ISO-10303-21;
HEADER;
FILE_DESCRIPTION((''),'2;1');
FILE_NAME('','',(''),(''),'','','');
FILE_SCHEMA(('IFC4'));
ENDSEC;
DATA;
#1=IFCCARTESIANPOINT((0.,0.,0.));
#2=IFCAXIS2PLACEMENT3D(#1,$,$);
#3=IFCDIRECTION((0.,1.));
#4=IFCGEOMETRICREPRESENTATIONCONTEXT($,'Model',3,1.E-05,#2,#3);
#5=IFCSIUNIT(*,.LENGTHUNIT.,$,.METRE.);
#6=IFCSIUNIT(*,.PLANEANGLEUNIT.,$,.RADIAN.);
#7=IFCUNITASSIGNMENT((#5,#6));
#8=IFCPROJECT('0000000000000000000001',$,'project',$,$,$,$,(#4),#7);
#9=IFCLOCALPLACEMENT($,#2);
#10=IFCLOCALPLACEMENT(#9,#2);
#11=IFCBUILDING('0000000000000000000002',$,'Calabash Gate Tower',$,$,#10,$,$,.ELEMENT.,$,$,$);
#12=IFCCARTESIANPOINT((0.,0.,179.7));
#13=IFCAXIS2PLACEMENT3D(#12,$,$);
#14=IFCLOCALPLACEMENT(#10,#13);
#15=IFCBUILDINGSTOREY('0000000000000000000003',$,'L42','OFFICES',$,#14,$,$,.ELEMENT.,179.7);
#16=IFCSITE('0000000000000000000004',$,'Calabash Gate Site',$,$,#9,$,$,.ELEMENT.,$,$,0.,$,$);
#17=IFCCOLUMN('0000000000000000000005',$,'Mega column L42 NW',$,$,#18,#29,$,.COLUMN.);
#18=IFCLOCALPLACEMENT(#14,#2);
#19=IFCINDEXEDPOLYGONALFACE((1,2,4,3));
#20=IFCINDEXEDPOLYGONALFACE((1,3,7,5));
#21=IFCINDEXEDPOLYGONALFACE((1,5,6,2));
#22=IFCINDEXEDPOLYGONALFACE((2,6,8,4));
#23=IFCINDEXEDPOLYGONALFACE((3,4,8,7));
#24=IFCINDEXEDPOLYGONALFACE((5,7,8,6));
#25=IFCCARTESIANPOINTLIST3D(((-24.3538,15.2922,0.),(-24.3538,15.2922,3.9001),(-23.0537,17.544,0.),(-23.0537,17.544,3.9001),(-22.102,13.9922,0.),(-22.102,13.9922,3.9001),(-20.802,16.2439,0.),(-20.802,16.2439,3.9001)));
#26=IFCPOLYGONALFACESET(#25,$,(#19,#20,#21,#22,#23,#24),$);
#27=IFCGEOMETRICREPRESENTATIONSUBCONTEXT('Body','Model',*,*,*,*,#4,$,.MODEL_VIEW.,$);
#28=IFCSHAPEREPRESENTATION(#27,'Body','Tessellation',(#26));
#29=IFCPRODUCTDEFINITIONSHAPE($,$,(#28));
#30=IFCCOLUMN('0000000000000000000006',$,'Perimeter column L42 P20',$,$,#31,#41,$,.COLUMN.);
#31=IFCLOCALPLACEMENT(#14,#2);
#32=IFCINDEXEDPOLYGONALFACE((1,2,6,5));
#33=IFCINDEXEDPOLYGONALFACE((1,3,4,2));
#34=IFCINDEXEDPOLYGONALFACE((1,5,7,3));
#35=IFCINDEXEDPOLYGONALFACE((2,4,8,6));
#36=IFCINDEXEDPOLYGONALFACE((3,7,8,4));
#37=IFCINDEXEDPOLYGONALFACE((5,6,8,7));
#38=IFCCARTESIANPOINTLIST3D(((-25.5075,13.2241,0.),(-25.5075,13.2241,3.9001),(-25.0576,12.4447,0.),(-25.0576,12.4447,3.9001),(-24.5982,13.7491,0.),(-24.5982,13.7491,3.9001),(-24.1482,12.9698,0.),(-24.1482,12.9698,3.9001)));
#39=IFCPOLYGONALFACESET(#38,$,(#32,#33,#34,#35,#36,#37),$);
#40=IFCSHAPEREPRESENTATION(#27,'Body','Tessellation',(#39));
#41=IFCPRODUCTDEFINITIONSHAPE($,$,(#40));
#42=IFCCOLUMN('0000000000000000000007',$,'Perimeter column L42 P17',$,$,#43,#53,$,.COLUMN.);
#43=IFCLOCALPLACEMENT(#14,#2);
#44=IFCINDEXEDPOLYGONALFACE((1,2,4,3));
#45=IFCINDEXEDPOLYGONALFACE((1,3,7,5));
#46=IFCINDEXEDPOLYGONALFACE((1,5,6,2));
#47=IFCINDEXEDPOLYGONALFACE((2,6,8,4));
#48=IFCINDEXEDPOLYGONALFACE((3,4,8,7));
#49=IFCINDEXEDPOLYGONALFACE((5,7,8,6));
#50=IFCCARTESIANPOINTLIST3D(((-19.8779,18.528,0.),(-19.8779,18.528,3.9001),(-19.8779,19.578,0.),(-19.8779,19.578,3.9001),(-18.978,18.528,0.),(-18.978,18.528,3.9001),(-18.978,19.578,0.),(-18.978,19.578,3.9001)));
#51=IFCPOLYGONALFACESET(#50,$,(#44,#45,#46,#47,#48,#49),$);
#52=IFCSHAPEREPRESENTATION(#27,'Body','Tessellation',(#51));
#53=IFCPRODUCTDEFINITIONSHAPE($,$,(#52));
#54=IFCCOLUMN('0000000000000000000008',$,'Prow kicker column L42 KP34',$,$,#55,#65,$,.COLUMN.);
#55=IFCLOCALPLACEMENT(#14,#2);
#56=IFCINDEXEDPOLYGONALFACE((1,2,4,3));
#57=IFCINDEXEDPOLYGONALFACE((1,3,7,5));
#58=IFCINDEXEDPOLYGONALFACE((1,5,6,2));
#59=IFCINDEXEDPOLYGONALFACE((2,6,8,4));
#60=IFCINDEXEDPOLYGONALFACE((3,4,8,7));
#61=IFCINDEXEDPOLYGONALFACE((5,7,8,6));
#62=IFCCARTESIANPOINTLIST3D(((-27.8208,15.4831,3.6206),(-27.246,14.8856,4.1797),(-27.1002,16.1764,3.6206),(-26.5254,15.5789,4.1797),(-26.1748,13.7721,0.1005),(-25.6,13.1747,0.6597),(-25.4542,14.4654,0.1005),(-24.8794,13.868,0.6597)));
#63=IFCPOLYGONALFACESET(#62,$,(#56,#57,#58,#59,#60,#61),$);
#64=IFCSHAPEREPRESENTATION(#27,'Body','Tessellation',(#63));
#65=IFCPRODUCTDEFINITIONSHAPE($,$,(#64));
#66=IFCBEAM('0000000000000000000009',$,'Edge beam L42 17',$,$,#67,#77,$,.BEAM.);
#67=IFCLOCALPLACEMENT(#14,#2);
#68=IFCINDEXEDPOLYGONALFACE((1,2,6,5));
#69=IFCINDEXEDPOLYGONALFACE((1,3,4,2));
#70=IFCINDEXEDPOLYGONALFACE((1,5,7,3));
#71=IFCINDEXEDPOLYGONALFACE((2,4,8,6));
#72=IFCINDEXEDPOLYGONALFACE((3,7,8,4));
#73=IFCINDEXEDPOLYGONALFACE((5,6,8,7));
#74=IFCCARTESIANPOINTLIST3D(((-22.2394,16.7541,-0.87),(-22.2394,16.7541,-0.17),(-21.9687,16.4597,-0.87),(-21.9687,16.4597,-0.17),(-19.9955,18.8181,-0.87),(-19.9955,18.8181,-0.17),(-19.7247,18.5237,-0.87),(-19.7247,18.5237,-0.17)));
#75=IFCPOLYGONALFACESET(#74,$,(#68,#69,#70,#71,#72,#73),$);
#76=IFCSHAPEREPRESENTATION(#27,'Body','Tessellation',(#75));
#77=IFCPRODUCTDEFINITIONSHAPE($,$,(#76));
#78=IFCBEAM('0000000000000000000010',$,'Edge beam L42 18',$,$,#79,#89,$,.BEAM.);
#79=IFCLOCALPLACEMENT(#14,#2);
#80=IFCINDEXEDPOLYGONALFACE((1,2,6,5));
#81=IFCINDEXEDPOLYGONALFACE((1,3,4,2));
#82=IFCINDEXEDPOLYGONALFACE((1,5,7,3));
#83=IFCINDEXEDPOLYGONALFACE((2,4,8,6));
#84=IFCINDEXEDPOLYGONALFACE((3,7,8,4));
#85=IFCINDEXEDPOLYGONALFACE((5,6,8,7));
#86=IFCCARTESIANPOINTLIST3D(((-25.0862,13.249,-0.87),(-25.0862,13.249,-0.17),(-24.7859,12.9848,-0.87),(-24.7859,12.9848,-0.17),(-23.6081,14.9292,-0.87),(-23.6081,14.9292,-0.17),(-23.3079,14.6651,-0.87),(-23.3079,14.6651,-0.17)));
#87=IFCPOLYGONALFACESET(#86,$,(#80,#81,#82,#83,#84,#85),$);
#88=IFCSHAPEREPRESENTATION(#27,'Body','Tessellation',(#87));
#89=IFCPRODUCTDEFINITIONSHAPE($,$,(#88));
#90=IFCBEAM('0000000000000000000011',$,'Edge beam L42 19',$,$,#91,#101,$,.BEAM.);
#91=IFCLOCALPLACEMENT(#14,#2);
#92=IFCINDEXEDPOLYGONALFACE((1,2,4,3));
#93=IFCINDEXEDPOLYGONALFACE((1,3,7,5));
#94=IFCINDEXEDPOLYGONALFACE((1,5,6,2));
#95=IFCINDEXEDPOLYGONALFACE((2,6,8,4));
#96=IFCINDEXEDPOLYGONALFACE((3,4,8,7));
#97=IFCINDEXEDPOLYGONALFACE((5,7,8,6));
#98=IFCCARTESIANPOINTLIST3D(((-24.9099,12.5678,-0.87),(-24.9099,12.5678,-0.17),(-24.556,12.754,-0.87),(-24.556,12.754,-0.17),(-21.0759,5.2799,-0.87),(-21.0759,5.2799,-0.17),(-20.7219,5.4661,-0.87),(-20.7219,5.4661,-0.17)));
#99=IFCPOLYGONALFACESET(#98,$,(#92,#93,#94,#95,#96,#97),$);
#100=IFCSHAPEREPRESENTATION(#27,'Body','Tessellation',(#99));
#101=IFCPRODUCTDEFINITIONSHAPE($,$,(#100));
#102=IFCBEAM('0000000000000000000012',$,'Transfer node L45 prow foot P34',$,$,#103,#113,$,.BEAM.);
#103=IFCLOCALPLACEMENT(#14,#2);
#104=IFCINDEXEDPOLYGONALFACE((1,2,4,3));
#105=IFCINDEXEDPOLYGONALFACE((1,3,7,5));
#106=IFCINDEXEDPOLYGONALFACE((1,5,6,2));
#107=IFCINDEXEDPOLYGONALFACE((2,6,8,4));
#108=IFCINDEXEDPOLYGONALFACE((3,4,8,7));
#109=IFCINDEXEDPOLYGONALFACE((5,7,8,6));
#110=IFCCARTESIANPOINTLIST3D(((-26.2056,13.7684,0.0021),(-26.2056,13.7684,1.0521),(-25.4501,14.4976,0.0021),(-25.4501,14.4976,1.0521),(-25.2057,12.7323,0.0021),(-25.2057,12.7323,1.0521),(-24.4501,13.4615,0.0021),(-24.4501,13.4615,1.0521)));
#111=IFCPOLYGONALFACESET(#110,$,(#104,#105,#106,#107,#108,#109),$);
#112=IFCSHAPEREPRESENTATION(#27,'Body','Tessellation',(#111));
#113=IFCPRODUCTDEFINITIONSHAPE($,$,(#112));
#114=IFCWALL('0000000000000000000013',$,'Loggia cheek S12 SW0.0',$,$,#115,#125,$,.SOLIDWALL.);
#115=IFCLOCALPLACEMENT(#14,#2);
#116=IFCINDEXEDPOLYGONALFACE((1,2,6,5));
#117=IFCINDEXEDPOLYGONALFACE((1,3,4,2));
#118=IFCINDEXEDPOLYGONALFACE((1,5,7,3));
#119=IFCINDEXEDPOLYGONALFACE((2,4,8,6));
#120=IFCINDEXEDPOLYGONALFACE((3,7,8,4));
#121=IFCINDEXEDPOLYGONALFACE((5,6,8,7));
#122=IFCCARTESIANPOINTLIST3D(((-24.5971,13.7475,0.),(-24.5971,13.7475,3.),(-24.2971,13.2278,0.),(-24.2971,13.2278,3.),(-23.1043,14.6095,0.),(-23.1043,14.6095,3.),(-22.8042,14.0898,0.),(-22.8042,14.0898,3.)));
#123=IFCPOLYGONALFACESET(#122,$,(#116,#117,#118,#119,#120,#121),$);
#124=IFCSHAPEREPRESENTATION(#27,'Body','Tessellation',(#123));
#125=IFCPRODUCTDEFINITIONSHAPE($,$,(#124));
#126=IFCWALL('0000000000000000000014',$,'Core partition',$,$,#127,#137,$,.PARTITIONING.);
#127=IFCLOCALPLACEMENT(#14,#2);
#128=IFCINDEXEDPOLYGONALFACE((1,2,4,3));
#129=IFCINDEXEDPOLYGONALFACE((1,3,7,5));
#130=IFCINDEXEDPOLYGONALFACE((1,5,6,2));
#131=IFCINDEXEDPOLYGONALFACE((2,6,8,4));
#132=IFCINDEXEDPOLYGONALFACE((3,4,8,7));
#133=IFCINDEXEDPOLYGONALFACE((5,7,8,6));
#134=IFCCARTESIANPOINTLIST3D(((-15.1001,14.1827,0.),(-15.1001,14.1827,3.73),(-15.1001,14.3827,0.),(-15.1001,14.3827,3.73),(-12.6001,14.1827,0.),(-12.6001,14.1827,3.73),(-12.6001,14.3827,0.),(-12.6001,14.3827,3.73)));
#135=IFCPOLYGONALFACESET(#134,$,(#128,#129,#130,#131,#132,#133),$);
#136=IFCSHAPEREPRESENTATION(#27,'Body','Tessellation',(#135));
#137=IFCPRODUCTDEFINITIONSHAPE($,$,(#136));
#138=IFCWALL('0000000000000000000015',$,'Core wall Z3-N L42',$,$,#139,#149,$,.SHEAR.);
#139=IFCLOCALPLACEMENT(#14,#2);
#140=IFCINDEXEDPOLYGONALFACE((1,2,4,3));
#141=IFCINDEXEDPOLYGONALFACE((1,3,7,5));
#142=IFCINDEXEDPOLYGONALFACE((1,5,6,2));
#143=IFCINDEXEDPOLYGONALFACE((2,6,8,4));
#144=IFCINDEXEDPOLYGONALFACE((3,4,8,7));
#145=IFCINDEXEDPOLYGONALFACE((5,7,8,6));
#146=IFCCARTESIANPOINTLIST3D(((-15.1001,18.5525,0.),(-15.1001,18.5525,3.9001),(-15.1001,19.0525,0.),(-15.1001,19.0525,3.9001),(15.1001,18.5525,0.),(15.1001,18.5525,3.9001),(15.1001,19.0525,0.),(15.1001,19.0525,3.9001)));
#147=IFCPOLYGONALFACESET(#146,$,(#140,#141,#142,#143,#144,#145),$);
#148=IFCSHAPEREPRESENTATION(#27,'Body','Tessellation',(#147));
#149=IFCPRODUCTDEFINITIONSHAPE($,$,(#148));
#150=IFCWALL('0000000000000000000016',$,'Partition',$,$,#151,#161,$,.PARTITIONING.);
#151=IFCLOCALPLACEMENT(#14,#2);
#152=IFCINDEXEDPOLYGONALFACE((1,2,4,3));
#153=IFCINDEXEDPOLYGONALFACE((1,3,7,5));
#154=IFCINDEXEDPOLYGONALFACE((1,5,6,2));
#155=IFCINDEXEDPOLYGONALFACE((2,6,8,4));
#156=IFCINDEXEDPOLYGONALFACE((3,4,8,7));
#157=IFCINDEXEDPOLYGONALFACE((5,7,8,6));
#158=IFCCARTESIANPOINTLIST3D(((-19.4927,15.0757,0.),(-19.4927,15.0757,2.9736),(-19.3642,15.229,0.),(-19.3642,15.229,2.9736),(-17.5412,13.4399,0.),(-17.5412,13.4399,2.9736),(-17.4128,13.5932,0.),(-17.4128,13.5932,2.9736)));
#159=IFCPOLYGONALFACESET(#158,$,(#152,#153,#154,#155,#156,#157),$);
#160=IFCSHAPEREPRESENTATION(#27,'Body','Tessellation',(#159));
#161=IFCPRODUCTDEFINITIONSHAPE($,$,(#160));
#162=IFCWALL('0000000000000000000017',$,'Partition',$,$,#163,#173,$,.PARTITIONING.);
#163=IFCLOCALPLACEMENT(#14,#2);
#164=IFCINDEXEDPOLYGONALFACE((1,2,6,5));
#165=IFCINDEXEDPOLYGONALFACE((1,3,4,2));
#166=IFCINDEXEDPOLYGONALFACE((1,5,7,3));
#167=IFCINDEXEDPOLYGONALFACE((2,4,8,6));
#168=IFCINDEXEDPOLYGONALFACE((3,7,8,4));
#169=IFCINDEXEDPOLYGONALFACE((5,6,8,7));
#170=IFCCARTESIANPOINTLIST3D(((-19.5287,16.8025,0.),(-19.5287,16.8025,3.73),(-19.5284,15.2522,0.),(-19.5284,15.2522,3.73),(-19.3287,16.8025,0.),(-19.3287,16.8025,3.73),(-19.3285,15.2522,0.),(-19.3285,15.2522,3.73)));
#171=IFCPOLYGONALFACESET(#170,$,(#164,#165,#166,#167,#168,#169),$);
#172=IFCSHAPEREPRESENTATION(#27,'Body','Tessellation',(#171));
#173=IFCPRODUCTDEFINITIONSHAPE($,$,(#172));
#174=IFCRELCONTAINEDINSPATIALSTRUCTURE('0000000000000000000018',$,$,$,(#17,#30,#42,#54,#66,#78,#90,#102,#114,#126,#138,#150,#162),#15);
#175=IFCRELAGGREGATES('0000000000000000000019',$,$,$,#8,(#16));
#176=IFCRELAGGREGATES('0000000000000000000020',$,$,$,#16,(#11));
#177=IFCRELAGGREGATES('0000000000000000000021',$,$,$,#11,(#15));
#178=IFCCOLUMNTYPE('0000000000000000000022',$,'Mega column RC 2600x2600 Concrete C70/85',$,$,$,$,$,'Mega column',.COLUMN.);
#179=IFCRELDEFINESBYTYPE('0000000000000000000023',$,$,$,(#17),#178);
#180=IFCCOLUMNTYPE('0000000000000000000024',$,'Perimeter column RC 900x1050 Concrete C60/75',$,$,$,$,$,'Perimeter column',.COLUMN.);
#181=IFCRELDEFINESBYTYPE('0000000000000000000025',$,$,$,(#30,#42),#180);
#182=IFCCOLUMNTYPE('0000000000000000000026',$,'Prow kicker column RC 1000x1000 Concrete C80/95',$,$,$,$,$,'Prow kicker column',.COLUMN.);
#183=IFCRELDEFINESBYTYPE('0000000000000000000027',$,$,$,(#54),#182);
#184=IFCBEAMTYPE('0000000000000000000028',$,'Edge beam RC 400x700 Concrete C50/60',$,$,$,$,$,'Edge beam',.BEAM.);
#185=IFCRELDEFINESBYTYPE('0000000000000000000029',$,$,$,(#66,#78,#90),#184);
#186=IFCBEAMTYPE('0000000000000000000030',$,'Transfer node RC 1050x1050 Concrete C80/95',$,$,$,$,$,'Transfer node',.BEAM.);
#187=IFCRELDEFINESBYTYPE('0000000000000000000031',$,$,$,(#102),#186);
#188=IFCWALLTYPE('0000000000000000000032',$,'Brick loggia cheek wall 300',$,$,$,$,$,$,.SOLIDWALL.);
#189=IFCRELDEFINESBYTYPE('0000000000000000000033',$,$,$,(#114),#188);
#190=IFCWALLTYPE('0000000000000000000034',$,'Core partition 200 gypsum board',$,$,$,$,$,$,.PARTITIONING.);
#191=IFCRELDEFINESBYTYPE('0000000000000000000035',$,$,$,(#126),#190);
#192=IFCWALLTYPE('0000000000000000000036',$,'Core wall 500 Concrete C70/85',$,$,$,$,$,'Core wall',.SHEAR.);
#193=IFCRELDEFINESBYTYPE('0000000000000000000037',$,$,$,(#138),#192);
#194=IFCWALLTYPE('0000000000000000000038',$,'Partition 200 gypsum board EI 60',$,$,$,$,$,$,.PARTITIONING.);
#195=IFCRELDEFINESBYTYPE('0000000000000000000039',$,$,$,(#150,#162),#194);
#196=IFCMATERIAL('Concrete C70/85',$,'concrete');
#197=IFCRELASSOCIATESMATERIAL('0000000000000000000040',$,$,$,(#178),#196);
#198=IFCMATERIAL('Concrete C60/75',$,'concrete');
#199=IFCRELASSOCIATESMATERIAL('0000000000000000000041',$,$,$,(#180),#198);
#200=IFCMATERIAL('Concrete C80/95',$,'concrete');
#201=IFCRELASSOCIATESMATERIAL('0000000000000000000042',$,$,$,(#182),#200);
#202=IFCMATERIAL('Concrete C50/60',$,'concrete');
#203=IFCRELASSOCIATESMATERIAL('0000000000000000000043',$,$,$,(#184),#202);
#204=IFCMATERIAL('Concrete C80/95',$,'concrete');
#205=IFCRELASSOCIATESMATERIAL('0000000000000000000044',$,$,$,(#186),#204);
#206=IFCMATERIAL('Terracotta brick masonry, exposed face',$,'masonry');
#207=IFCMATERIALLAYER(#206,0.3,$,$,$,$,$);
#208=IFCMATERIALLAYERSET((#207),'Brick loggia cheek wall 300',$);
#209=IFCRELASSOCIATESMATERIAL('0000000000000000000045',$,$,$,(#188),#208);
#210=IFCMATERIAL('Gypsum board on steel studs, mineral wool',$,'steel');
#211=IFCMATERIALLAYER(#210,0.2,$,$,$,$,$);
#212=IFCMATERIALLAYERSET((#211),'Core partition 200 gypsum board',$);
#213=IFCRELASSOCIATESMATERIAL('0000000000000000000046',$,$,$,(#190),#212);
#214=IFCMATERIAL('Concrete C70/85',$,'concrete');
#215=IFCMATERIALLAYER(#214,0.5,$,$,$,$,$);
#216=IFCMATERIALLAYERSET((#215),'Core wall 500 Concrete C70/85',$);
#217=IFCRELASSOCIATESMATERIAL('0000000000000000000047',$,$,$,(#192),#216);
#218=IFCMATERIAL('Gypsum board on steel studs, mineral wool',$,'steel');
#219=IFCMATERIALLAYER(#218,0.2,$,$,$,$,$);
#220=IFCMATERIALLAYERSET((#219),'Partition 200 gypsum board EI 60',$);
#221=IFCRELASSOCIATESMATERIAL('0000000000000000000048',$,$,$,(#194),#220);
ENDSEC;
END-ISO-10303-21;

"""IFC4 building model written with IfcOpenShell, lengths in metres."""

from ifc_helpers import new_model, si_unit, direction, frame, frame_2d, origin, origin_2d, place, context, subcontext, project, spatial, rectangle, extrude, material, layer, layer_set, material_profile, profile_set, type_object, element, save


model = new_model("IFC4")

# Units and contexts
model_context = context("Model", 3, precision=1e-05, world=origin(), true_north=direction((0.0, 1.0)))
body_context = subcontext(model_context, "Body", "Model", "MODEL_VIEW")
ifc_project = project(units=[si_unit("LENGTHUNIT", "METRE"), si_unit("PLANEANGLEUNIT", "RADIAN")], contexts=[model_context])

# Site, building, storey
site_placement = place(None, origin())
site = spatial("IfcSite", under=ifc_project, at=site_placement, Name="Calabash Gate Site", CompositionType="ELEMENT", RefElevation=0.0)
building_placement = place(site_placement, origin())
building = spatial("IfcBuilding", under=site, at=building_placement, Name="Calabash Gate Tower", CompositionType="ELEMENT")
storey_placement = place(building_placement, frame((0.0, 0.0, 179.7)))
storey = spatial("IfcBuildingStorey", under=building, at=storey_placement, Name="L42", Description="OFFICES", CompositionType="ELEMENT", Elevation=179.7)

# Columns
ifc_material_1 = material(Name="Concrete C70/85", Category="concrete")
ifc_material_profile_1 = material_profile(ifc_material_1, rectangle(XDim=2.6001, YDim=2.6001, at=origin_2d()))
ifc_profile_set_1 = profile_set([ifc_material_profile_1], Name="Concrete C70/85")
column_type_1 = type_object("IfcColumnType", Name="Mega column RC 2600x2600 Concrete C70/85", ElementType="Mega column", PredefinedType="COLUMN", material=ifc_profile_set_1)
column_1_placement = place(storey_placement, frame((-22.5779, 15.7681, 0.0), z_axis=(0.0, 0.0, 1.0), x_axis=(0.866025, -0.5, 0.0)))
element("IfcColumn", 1, at=column_1_placement, inside=storey, type_object=column_type_1, Name="Mega column L42 NW", PredefinedType="COLUMN", context=body_context, shape_type="SweptSolid", body=[
    extrude(rectangle(XDim=2.6001, YDim=2.6001, at=origin_2d()), origin(), (0.0, 0.0, 1.0), 3.9001),
])
ifc_material_2 = material(Name="Concrete C60/75", Category="concrete")
ifc_material_profile_2 = material_profile(ifc_material_2, rectangle(XDim=0.8999, YDim=1.05, at=origin_2d()))
ifc_profile_set_2 = profile_set([ifc_material_profile_2], Name="Concrete C60/75")
column_type_2 = type_object("IfcColumnType", Name="Perimeter column RC 900x1050 Concrete C60/75", ElementType="Perimeter column", PredefinedType="COLUMN", material=ifc_profile_set_2)
for number, where, z_axis, x_axis, name in (
    (2, (-24.8279, 13.0969, 0.0), (0.0, 0.0, 1.0), (0.5, -0.866025, 0.0), "Perimeter column L42 P20"),
    (3, (-19.428, 19.053, 0.0), (0.0, 0.0, 1.0), (-1.0, 0.0, 0.0), "Perimeter column L42 P17"),
):
    element("IfcColumn", number, at=place(storey_placement, frame(where, z_axis=z_axis, x_axis=x_axis)), inside=storey, type_object=column_type_2, Name=name, PredefinedType="COLUMN", context=body_context, shape_type="SweptSolid", body=[
        extrude(rectangle(XDim=0.8999, YDim=1.05, at=origin_2d()), origin(), (0.0, 0.0, 1.0), 3.9001),
    ])
ifc_material_3 = material(Name="Concrete C80/95", Category="concrete")
ifc_material_profile_3 = material_profile(ifc_material_3, rectangle(XDim=1.0, YDim=1.0, at=origin_2d()))
ifc_profile_set_3 = profile_set([ifc_material_profile_3], Name="Concrete C80/95")
column_type_3 = type_object("IfcColumnType", Name="Prow kicker column RC 1000x1000 Concrete C80/95", ElementType="Prow kicker column", PredefinedType="COLUMN", material=ifc_profile_set_3)
column_2_placement = place(storey_placement, frame((-25.5271, 13.8201, 0.3801), z_axis=(-0.387673, 0.402968, 0.829052), x_axis=(0.57478, -0.597457, 0.559172)))
element("IfcColumn", 4, at=column_2_placement, inside=storey, type_object=column_type_3, Name="Prow kicker column L42 KP34", PredefinedType="COLUMN", context=body_context, shape_type="SweptSolid", body=[
    extrude(rectangle(XDim=1.0, YDim=1.0, at=origin_2d()), origin(), (0.0, 0.0, 1.0), 4.2458),
])

# Beams
ifc_material_4 = material(Name="Concrete C50/60", Category="concrete")
ifc_material_profile_4 = material_profile(ifc_material_4, rectangle(XDim=0.3999, YDim=0.7, at=origin_2d()))
ifc_profile_set_4 = profile_set([ifc_material_profile_4], Name="Concrete C50/60")
beam_type_1 = type_object("IfcBeamType", Name="Edge beam RC 400x700 Concrete C50/60", ElementType="Edge beam", PredefinedType="BEAM", material=ifc_profile_set_4)
beam_1_placement = place(storey_placement, frame((-19.8601, 18.6709, -0.52), z_axis=(-0.736, -0.676982, 0.0), x_axis=(0.676982, -0.736, 0.0)))
element("IfcBeam", 5, at=beam_1_placement, inside=storey, type_object=beam_type_1, Name="Edge beam L42 17", PredefinedType="BEAM", context=body_context, shape_type="SweptSolid", body=[
    extrude(rectangle(XDim=0.3999, YDim=0.7, at=origin_2d()), origin(), (0.0, 0.0, 1.0), 3.0488),
])
beam_2_placement = place(storey_placement, frame((-23.458, 14.7971, -0.52), z_axis=(-0.660495, -0.75083, 0.0), x_axis=(0.75083, -0.660495, 0.0)))
element("IfcBeam", 6, at=beam_2_placement, inside=storey, type_object=beam_type_1, Name="Edge beam L42 18", PredefinedType="BEAM", context=body_context, shape_type="SweptSolid", body=[
    extrude(rectangle(XDim=0.3999, YDim=0.7, at=origin_2d()), origin(), (0.0, 0.0, 1.0), 2.2378),
])
beam_3_placement = place(storey_placement, frame((-24.7329, 12.6609, -0.52), z_axis=(0.465583, -0.885004, 0.0), x_axis=(0.885004, 0.465583, 0.0)))
element("IfcBeam", 7, at=beam_3_placement, inside=storey, type_object=beam_type_1, Name="Edge beam L42 19", PredefinedType="BEAM", context=body_context, shape_type="SweptSolid", body=[
    extrude(rectangle(XDim=0.3999, YDim=0.7, at=origin_2d()), origin(), (0.0, 0.0, 1.0), 8.2349),
])
ifc_material_5 = material(Name="Concrete C80/95", Category="concrete")
ifc_material_profile_5 = material_profile(ifc_material_5, rectangle(XDim=1.05, YDim=1.05, at=origin_2d()))
ifc_profile_set_5 = profile_set([ifc_material_profile_5], Name="Concrete C80/95")
beam_type_2 = type_object("IfcBeamType", Name="Transfer node RC 1050x1050 Concrete C80/95", ElementType="Transfer node", PredefinedType="BEAM", material=ifc_profile_set_5)
beam_4_placement = place(storey_placement, frame((-24.8279, 13.0969, 0.5271), z_axis=(-0.694449, 0.719542, 0.0), x_axis=(-0.719542, -0.694449, 0.0)))
element("IfcBeam", 8, at=beam_4_placement, inside=storey, type_object=beam_type_2, Name="Transfer node L45 prow foot P34", PredefinedType="BEAM", context=body_context, shape_type="SweptSolid", body=[
    extrude(rectangle(XDim=1.05, YDim=1.05, at=origin_2d()), origin(), (0.0, 0.0, 1.0), 1.4399),
])

# Walls
ifc_material_6 = material(Name="Terracotta brick masonry, exposed face", Category="masonry")
ifc_layer_1 = layer(ifc_material_6, 0.3)
ifc_layer_set_1 = layer_set([ifc_layer_1], Name="Brick loggia cheek wall 300")
wall_type_1 = type_object("IfcWallType", Name="Brick loggia cheek wall 300", PredefinedType="SOLIDWALL", material=ifc_layer_set_1)
wall_1_placement = place(storey_placement, frame((-22.9543, 14.3496, 0.0), z_axis=(0.0, 0.0, 1.0), x_axis=(-0.865995, -0.500053, 0.0)))
element("IfcWall", 9, at=wall_1_placement, inside=storey, type_object=wall_type_1, Name="Loggia cheek S12 SW0.0", PredefinedType="SOLIDWALL", context=body_context, shape_type="SweptSolid", body=[
    extrude(rectangle(XDim=1.7239, YDim=0.6001, at=frame_2d((0.8618, 0.0))), origin(), (0.0, 0.0, 1.0), 3.0),
])
ifc_material_7 = material(Name="Gypsum board on steel studs, mineral wool", Category="steel")
ifc_layer_2 = layer(ifc_material_7, 0.2)
ifc_layer_set_2 = layer_set([ifc_layer_2], Name="Core partition 200 gypsum board")
wall_type_2 = type_object("IfcWallType", Name="Core partition 200 gypsum board", PredefinedType="PARTITIONING", material=ifc_layer_set_2)
wall_2_placement = place(storey_placement, frame((-15.1001, 14.2827, 0.0), z_axis=(0.0, 0.0, 1.0), x_axis=(1.0, 0.0, 0.0)))
element("IfcWall", 10, at=wall_2_placement, inside=storey, type_object=wall_type_2, Name="Core partition", PredefinedType="PARTITIONING", context=body_context, shape_type="SweptSolid", body=[
    extrude(rectangle(XDim=2.5, YDim=0.2, at=frame_2d((1.25, 0.0))), origin(), (0.0, 0.0, 1.0), 3.73),
])
ifc_material_8 = material(Name="Concrete C70/85", Category="concrete")
ifc_layer_3 = layer(ifc_material_8, 0.5)
ifc_layer_set_3 = layer_set([ifc_layer_3], Name="Core wall 500 Concrete C70/85")
wall_type_3 = type_object("IfcWallType", Name="Core wall 500 Concrete C70/85", ElementType="Core wall", PredefinedType="SHEAR", material=ifc_layer_set_3)
wall_3_placement = place(storey_placement, frame((-15.1001, 18.8025, 0.0), z_axis=(0.0, 0.0, 1.0), x_axis=(1.0, 0.0, 0.0)))
element("IfcWall", 11, at=wall_3_placement, inside=storey, type_object=wall_type_3, Name="Core wall Z3-N L42", PredefinedType="SHEAR", context=body_context, shape_type="SweptSolid", body=[
    extrude(rectangle(XDim=30.2002, YDim=0.5, at=frame_2d((15.1001, 0.0))), origin(), (0.0, 0.0, 1.0), 3.9001),
])
ifc_material_9 = material(Name="Gypsum board on steel studs, mineral wool", Category="steel")
ifc_layer_4 = layer(ifc_material_9, 0.2)
ifc_layer_set_4 = layer_set([ifc_layer_4], Name="Partition 200 gypsum board EI 60")
wall_type_4 = type_object("IfcWallType", Name="Partition 200 gypsum board EI 60", PredefinedType="PARTITIONING", material=ifc_layer_set_4)
wall_4_placement = place(storey_placement, frame((-19.4285, 15.1523, 0.0), z_axis=(0.0, 0.0, 1.0), x_axis=(0.766371, -0.642398, 0.0)))
element("IfcWall", 12, at=wall_4_placement, inside=storey, type_object=wall_type_4, Name="Partition", PredefinedType="PARTITIONING", context=body_context, shape_type="SweptSolid", body=[
    extrude(rectangle(XDim=2.5464, YDim=0.2, at=frame_2d((1.2732, 0.0))), origin(), (0.0, 0.0, 1.0), 2.9736),
])
wall_5_placement = place(storey_placement, frame((-19.4287, 16.8025, 0.0), z_axis=(0.0, 0.0, 1.0), x_axis=(0.000157, -1.0, 0.0)))
element("IfcWall", 13, at=wall_5_placement, inside=storey, type_object=wall_type_4, Name="Partition", PredefinedType="PARTITIONING", context=body_context, shape_type="SweptSolid", body=[
    extrude(rectangle(XDim=1.5503, YDim=0.2, at=frame_2d((0.7751, 0.0))), origin(), (0.0, 0.0, 1.0), 3.73),
])

save(model, "model.ifc")
